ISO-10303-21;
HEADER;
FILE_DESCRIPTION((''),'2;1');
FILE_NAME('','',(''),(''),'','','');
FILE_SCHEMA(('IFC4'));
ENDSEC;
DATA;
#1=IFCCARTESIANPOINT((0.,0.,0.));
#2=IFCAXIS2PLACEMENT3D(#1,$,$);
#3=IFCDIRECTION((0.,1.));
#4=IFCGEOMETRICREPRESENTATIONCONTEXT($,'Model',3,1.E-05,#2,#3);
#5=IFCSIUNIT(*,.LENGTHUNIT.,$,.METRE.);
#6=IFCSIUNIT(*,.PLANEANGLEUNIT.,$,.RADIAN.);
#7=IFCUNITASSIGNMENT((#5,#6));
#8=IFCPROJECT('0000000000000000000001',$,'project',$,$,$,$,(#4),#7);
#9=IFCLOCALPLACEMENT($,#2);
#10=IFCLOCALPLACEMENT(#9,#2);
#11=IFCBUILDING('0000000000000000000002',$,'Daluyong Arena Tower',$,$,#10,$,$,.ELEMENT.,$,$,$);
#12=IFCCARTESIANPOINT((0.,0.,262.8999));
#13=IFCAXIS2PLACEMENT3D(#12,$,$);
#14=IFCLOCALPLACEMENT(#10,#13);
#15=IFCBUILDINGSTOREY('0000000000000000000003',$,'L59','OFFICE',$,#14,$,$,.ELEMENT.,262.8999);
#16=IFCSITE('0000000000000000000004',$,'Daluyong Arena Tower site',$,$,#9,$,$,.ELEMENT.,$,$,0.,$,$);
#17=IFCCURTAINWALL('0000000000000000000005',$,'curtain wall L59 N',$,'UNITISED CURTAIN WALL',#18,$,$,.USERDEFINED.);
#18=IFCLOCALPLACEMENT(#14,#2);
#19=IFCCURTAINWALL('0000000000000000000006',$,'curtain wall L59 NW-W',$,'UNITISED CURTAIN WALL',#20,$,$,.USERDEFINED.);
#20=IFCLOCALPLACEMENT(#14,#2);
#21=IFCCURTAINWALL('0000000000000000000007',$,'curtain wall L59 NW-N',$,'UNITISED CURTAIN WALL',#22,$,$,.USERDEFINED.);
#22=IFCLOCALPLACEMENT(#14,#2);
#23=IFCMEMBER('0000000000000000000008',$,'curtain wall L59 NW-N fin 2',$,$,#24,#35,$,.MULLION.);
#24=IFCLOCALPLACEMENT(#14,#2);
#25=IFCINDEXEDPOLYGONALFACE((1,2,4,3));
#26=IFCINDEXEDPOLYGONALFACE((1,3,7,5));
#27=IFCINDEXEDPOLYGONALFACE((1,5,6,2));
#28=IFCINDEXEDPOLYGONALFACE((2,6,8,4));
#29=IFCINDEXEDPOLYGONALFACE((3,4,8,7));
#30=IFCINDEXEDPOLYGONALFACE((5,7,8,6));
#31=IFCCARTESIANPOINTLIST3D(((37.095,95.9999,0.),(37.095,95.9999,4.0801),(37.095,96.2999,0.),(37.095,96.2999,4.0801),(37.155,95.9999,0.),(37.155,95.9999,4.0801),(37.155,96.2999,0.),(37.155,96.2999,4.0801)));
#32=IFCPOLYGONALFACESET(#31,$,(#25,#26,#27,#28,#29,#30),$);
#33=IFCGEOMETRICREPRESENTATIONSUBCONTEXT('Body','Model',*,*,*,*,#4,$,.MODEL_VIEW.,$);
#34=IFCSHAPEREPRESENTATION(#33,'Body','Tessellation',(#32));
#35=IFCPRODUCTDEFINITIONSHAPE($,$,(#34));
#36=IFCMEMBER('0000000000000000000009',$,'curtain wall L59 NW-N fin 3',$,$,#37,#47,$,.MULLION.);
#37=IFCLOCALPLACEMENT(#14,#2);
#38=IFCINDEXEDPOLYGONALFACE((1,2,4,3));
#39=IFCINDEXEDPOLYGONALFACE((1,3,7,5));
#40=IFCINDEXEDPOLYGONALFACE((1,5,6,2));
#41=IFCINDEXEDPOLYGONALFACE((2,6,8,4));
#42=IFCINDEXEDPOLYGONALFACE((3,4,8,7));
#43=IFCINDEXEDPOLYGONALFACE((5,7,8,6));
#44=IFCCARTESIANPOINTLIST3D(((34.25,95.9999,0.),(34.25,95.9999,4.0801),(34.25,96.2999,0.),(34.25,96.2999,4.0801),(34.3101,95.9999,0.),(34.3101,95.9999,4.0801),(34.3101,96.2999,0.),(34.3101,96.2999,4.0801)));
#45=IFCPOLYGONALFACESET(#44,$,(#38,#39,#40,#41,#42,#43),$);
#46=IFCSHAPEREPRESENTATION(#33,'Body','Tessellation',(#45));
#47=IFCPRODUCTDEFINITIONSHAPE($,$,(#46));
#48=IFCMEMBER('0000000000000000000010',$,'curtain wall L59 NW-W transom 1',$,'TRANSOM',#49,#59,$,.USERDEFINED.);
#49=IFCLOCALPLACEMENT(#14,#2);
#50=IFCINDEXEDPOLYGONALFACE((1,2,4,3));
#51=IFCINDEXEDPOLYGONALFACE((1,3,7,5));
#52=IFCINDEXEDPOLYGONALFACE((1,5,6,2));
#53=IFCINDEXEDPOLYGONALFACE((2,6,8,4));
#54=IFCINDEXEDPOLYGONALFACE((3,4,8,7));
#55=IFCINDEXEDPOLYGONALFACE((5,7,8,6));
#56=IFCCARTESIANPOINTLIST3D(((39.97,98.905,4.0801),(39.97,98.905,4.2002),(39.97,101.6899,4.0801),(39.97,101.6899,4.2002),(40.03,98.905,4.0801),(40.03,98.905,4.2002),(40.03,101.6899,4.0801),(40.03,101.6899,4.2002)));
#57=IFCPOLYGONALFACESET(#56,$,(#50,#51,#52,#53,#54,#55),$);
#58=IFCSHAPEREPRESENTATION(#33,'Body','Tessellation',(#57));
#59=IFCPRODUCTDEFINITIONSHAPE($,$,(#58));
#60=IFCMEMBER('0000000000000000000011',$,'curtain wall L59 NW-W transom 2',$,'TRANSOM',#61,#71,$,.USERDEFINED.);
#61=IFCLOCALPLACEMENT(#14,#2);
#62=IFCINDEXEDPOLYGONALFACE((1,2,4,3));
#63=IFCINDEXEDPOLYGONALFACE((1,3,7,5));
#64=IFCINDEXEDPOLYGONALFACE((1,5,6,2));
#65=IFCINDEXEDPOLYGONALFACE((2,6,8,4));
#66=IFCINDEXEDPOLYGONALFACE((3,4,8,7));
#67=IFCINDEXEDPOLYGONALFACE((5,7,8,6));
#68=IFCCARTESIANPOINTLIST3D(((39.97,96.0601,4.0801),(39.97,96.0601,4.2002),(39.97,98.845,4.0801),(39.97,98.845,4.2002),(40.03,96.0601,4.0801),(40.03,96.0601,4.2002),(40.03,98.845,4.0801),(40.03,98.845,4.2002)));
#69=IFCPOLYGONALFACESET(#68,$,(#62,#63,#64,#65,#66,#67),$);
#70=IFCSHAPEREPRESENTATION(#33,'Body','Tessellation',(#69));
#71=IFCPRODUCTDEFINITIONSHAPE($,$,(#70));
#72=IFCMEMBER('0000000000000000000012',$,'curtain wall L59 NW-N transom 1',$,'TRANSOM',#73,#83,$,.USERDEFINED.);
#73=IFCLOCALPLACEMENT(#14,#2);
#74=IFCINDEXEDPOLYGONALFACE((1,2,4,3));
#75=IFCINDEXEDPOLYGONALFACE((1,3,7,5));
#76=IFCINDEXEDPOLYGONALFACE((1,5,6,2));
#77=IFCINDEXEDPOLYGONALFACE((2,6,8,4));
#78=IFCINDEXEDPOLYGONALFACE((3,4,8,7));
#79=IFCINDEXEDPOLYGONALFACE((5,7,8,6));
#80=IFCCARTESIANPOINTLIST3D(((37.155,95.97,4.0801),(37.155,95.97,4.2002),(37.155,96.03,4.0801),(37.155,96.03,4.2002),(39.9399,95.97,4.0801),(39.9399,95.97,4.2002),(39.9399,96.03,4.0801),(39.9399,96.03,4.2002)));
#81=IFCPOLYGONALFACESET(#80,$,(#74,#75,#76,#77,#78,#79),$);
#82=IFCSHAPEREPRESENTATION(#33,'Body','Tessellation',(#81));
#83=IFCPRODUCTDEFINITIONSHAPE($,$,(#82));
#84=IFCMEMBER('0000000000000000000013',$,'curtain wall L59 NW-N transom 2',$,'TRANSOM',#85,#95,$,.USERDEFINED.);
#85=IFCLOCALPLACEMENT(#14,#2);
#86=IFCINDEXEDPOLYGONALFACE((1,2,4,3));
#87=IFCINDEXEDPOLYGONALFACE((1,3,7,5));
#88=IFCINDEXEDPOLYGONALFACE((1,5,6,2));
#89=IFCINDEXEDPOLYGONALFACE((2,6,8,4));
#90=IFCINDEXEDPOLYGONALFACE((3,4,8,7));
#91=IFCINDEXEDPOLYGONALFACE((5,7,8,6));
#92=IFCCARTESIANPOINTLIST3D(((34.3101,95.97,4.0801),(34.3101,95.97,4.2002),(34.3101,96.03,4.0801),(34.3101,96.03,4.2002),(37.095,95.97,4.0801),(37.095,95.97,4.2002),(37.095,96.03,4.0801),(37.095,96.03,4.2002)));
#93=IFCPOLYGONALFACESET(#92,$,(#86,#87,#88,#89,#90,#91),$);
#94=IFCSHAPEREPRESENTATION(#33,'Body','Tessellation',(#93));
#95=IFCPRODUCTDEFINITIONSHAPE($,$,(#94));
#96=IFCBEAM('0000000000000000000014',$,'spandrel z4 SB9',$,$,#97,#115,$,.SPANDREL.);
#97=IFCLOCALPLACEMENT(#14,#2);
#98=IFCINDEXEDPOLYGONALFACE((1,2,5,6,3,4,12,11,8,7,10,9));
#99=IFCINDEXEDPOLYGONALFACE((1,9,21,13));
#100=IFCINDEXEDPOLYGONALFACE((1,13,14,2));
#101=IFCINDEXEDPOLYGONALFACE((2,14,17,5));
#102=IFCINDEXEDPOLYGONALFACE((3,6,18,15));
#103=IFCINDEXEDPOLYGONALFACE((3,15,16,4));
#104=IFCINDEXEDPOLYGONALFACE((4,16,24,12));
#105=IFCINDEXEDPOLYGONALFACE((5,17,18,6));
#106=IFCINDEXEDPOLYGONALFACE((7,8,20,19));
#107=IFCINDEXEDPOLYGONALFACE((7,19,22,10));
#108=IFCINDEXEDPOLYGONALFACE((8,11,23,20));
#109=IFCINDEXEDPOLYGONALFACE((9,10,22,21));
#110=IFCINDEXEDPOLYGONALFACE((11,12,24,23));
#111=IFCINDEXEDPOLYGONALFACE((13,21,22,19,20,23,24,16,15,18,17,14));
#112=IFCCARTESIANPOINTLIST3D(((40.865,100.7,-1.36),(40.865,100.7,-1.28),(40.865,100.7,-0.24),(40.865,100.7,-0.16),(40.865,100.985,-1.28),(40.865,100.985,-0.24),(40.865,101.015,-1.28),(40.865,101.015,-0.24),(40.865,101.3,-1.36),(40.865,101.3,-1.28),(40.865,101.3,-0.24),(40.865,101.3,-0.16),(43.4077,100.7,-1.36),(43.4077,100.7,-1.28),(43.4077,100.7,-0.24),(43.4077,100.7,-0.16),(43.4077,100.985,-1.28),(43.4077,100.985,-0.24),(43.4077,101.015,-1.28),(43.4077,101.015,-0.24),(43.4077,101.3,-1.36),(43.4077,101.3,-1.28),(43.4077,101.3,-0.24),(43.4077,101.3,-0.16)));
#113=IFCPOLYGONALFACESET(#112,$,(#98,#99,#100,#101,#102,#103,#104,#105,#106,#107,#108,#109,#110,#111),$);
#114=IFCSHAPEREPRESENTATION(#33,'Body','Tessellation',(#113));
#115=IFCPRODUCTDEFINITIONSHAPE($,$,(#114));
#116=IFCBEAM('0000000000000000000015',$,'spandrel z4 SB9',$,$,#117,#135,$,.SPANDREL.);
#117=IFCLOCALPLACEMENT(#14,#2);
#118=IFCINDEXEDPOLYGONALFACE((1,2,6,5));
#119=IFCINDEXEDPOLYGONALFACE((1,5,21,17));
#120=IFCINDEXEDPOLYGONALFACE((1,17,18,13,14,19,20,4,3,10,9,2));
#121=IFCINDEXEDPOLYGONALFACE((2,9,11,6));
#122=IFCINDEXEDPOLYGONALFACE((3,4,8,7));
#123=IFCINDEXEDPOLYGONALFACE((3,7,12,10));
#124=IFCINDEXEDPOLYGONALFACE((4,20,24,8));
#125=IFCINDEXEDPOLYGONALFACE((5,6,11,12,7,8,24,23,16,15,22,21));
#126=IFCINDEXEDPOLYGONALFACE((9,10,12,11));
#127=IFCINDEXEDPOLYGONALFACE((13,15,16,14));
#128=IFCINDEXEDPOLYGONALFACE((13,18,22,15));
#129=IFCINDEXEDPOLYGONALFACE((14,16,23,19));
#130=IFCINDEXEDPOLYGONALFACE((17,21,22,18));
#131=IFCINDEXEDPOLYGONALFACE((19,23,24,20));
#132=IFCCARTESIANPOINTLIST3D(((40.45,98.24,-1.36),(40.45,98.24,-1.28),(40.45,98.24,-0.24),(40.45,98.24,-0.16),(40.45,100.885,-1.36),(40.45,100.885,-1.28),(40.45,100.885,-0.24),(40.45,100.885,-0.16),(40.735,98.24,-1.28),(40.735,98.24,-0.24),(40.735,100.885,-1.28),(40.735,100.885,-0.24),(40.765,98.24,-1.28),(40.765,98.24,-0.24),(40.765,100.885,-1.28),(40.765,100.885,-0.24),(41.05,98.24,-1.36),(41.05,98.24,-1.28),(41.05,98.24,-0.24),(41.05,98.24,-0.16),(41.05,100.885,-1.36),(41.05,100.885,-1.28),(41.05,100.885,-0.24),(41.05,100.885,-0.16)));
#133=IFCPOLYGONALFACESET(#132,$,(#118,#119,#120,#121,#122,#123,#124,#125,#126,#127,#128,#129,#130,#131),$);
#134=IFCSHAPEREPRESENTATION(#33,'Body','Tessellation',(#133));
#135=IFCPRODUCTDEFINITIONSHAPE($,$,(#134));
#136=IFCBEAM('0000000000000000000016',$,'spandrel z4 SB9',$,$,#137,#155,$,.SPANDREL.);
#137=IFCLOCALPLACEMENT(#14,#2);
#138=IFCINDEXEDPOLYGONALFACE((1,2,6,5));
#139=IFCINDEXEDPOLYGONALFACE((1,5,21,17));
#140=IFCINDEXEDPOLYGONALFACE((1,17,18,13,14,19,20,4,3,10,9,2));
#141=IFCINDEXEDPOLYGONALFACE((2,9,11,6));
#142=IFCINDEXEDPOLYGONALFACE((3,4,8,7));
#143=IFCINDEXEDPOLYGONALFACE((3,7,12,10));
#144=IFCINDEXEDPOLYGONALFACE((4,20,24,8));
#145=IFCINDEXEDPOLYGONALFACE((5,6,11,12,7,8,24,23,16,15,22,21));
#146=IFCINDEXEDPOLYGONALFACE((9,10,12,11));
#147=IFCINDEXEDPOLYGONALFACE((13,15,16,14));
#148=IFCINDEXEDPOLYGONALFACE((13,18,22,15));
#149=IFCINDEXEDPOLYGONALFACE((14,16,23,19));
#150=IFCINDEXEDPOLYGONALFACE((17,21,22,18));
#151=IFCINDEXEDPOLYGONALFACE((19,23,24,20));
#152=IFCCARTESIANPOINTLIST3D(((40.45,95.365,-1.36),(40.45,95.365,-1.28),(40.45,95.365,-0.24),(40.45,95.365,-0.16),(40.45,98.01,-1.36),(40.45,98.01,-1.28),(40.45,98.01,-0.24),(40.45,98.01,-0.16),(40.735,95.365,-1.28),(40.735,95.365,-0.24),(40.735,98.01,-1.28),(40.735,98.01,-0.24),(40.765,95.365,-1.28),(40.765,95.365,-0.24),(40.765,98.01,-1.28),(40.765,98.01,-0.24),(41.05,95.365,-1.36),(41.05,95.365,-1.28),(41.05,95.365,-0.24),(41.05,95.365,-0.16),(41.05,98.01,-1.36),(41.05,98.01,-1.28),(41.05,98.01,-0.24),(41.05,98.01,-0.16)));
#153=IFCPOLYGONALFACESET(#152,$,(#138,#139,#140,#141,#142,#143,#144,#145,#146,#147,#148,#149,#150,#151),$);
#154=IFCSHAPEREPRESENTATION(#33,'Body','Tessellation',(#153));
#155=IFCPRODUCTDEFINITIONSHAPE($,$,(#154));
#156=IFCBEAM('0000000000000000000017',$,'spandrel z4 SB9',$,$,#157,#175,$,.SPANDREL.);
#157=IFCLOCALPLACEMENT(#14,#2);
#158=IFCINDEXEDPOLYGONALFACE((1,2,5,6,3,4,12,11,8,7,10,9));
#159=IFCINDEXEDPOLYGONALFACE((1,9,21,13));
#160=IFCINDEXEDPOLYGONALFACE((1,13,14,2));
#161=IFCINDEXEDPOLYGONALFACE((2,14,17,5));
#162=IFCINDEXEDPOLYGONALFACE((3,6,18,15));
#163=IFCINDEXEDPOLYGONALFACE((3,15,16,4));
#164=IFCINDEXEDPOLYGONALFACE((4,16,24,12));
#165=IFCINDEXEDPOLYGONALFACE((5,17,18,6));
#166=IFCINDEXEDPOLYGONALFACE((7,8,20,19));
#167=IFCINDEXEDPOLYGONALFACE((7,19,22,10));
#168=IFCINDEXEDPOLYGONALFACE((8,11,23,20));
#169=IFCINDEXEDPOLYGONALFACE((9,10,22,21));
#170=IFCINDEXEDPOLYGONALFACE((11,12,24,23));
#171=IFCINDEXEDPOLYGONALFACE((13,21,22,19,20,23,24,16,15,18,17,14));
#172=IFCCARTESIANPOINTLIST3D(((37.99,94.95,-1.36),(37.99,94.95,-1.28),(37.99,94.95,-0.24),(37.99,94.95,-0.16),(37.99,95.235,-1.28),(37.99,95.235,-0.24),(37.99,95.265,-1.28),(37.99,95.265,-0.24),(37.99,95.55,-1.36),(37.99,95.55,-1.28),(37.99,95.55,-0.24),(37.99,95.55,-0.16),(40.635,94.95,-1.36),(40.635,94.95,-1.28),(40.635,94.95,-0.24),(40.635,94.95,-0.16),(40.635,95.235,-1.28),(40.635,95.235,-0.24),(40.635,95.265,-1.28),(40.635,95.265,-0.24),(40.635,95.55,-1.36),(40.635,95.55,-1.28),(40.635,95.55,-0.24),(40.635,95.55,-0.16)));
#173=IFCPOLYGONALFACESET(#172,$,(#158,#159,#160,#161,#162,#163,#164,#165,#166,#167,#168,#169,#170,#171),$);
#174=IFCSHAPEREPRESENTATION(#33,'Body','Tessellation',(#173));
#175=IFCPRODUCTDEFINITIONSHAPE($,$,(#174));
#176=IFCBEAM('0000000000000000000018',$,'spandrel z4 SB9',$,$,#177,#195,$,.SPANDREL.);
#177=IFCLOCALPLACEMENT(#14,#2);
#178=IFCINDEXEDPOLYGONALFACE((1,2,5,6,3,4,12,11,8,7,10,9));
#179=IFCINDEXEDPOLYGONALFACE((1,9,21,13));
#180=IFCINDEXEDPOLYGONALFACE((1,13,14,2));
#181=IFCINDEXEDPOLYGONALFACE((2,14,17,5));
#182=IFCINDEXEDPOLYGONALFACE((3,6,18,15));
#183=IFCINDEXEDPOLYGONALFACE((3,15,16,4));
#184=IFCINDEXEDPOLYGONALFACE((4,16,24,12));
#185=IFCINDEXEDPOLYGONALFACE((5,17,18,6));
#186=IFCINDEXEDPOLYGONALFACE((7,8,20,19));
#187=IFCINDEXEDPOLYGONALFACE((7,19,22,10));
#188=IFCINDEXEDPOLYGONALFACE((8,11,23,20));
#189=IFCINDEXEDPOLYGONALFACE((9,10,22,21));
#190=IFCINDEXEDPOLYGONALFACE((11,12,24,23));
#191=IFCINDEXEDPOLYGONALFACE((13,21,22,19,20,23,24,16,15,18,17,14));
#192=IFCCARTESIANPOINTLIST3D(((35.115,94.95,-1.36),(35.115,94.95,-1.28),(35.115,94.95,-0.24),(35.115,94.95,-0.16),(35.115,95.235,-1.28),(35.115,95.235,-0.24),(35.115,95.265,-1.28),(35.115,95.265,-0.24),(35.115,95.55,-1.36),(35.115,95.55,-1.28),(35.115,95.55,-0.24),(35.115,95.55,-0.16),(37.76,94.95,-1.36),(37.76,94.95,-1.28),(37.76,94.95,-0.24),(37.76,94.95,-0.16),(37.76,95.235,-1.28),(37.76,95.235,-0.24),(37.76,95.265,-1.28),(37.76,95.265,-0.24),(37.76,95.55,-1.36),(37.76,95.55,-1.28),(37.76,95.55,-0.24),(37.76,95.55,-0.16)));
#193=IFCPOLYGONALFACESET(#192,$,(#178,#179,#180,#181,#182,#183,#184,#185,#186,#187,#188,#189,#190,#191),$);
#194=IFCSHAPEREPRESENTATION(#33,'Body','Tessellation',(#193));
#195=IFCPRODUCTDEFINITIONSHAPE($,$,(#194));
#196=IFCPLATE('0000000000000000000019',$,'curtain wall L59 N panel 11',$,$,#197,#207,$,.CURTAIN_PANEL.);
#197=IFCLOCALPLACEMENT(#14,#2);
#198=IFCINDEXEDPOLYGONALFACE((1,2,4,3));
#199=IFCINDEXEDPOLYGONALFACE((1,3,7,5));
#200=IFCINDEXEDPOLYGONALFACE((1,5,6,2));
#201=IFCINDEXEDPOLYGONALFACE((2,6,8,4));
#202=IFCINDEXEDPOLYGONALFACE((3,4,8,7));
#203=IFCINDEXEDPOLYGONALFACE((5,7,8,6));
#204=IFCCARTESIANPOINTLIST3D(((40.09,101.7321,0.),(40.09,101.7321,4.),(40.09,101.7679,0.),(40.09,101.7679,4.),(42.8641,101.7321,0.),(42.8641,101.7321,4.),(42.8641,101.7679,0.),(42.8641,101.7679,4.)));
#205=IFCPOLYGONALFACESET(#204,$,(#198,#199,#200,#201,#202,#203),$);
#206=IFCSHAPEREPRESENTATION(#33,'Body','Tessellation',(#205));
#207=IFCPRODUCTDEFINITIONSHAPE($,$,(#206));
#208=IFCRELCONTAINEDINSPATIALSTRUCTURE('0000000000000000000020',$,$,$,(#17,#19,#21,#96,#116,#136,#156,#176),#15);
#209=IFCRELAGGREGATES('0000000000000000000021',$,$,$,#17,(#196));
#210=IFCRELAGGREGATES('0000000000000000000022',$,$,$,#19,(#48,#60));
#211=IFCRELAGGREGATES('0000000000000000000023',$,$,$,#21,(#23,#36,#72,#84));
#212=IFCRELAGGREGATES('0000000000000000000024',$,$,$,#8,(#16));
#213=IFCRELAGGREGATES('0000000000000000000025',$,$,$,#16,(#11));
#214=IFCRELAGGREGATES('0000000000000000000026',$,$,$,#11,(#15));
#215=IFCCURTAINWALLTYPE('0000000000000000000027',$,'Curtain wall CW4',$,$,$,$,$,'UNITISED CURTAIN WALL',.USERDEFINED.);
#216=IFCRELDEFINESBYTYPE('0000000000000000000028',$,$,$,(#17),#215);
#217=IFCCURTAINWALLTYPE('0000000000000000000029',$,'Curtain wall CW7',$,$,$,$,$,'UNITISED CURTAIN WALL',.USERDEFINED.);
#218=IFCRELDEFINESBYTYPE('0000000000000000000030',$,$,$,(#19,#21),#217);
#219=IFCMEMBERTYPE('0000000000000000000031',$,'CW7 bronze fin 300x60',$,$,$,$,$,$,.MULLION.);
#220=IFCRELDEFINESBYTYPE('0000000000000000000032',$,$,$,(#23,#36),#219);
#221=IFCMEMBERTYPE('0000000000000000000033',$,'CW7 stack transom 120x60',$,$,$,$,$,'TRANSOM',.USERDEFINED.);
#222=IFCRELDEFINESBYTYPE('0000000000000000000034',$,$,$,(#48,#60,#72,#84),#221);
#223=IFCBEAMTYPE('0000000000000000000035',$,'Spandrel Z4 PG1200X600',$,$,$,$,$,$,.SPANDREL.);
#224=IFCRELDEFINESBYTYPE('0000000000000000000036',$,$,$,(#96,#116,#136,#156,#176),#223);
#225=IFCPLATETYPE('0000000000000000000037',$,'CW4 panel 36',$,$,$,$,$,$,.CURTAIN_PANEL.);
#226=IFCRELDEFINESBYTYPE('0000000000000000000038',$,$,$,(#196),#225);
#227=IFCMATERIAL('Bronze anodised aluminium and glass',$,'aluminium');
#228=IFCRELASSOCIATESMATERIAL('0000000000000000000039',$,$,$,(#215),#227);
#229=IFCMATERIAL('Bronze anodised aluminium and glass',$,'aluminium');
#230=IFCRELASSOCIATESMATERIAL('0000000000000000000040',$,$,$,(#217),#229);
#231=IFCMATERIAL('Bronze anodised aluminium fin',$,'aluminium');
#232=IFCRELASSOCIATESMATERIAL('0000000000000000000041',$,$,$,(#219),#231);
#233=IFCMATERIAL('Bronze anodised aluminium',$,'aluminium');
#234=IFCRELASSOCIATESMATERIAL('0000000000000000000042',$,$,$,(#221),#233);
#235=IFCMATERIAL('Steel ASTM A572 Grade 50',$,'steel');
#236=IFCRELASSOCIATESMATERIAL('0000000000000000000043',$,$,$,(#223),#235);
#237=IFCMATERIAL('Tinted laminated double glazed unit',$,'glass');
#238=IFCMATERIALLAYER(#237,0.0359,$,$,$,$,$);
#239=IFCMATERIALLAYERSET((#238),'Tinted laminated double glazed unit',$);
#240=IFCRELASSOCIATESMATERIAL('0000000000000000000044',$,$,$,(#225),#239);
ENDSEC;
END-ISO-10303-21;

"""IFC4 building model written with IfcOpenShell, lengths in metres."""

from ifc_helpers import new_model, si_unit, direction, frame, origin, origin_2d, place, context, subcontext, project, spatial, rectangle, i_section, extrude, material, layer, layer_set, material_profile, profile_set, type_object, element, aggregate, save


model = new_model("IFC4")

# Units and contexts
model_context = context("Model", 3, precision=1e-05, world=origin(), true_north=direction((0.0, 1.0)))
body_context = subcontext(model_context, "Body", "Model", "MODEL_VIEW")
ifc_project = project(units=[si_unit("LENGTHUNIT", "METRE"), si_unit("PLANEANGLEUNIT", "RADIAN")], contexts=[model_context])

# Site, building, storey
site_placement = place(None, origin())
site = spatial("IfcSite", under=ifc_project, at=site_placement, Name="Daluyong Arena Tower site", CompositionType="ELEMENT", RefElevation=0.0)
building_placement = place(site_placement, origin())
building = spatial("IfcBuilding", under=site, at=building_placement, Name="Daluyong Arena Tower", CompositionType="ELEMENT")
storey_placement = place(building_placement, frame((0.0, 0.0, 262.8999)))
storey = spatial("IfcBuildingStorey", under=building, at=storey_placement, Name="L59", Description="OFFICE", CompositionType="ELEMENT", Elevation=262.8999)

# Curtain wall
ifc_material_1 = material(Name="Bronze anodised aluminium and glass", Category="aluminium")
curtain_wall_type_1 = type_object("IfcCurtainWallType", Name="Curtain wall CW4", ElementType="UNITISED CURTAIN WALL", PredefinedType="USERDEFINED", material=ifc_material_1)
curtain_wall_1_placement = place(storey_placement, origin())
curtain_wall_1 = element("IfcCurtainWall", 1, at=curtain_wall_1_placement, inside=storey, type_object=curtain_wall_type_1, Name="curtain wall L59 N", ObjectType="UNITISED CURTAIN WALL", PredefinedType="USERDEFINED")

# Curtain walls, members
ifc_material_2 = material(Name="Bronze anodised aluminium and glass", Category="aluminium")
curtain_wall_type_2 = type_object("IfcCurtainWallType", Name="Curtain wall CW7", ElementType="UNITISED CURTAIN WALL", PredefinedType="USERDEFINED", material=ifc_material_2)
curtain_wall_2_placement = place(storey_placement, origin())
curtain_wall_2 = element("IfcCurtainWall", 2, at=curtain_wall_2_placement, inside=storey, type_object=curtain_wall_type_2, Name="curtain wall L59 NW-W", ObjectType="UNITISED CURTAIN WALL", PredefinedType="USERDEFINED")
ifc_material_3 = material(Name="Bronze anodised aluminium fin", Category="aluminium")
ifc_material_profile_1 = material_profile(ifc_material_3, rectangle(XDim=0.3, YDim=0.0601, at=origin_2d()))
ifc_profile_set_1 = profile_set([ifc_material_profile_1], Name="Bronze anodised aluminium fin")
member_type_1 = type_object("IfcMemberType", Name="CW7 bronze fin 300x60", PredefinedType="MULLION", material=ifc_profile_set_1)
curtain_wall_3_placement = place(storey_placement, origin())
curtain_wall_3 = element("IfcCurtainWall", 3, at=curtain_wall_3_placement, inside=storey, type_object=curtain_wall_type_2, Name="curtain wall L59 NW-N", ObjectType="UNITISED CURTAIN WALL", PredefinedType="USERDEFINED")
member_1_placement = place(storey_placement, frame((37.125, 96.1499, 0.0), z_axis=(0.0, 0.0, 1.0), x_axis=(0.0, -1.0, 0.0)))
member_1 = element("IfcMember", 4, at=member_1_placement, type_object=member_type_1, Name="curtain wall L59 NW-N fin 2", PredefinedType="MULLION", context=body_context, shape_type="SweptSolid", body=[
    extrude(rectangle(XDim=0.3, YDim=0.0601, at=origin_2d()), origin(), (0.0, 0.0, 1.0), 4.0801),
])
member_2_placement = place(storey_placement, frame((34.28, 96.1499, 0.0), z_axis=(0.0, 0.0, 1.0), x_axis=(0.0, -1.0, 0.0)))
member_2 = element("IfcMember", 5, at=member_2_placement, type_object=member_type_1, Name="curtain wall L59 NW-N fin 3", PredefinedType="MULLION", context=body_context, shape_type="SweptSolid", body=[
    extrude(rectangle(XDim=0.3, YDim=0.0601, at=origin_2d()), origin(), (0.0, 0.0, 1.0), 4.0801),
])

# Members
ifc_material_4 = material(Name="Bronze anodised aluminium", Category="aluminium")
ifc_material_profile_2 = material_profile(ifc_material_4, rectangle(XDim=0.0601, YDim=0.1201, at=origin_2d()))
ifc_profile_set_2 = profile_set([ifc_material_profile_2], Name="Bronze anodised aluminium")
member_type_2 = type_object("IfcMemberType", Name="CW7 stack transom 120x60", ElementType="TRANSOM", PredefinedType="USERDEFINED", material=ifc_profile_set_2)
member_3_placement = place(storey_placement, frame((40.0, 101.6899, 4.1401), z_axis=(0.0, -1.0, 0.0), x_axis=(1.0, 0.0, 0.0)))
member_3 = element("IfcMember", 6, at=member_3_placement, type_object=member_type_2, Name="curtain wall L59 NW-W transom 1", ObjectType="TRANSOM", PredefinedType="USERDEFINED", context=body_context, shape_type="SweptSolid", body=[
    extrude(rectangle(XDim=0.0601, YDim=0.1201, at=origin_2d()), origin(), (0.0, 0.0, 1.0), 2.7849),
])
member_4_placement = place(storey_placement, frame((40.0, 98.845, 4.1401), z_axis=(0.0, -1.0, 0.0), x_axis=(1.0, 0.0, 0.0)))
member_4 = element("IfcMember", 7, at=member_4_placement, type_object=member_type_2, Name="curtain wall L59 NW-W transom 2", ObjectType="TRANSOM", PredefinedType="USERDEFINED", context=body_context, shape_type="SweptSolid", body=[
    extrude(rectangle(XDim=0.0601, YDim=0.1201, at=origin_2d()), origin(), (0.0, 0.0, 1.0), 2.7849),
])
member_5_placement = place(storey_placement, frame((39.9399, 96.0, 4.1401), z_axis=(-1.0, 0.0, 0.0), x_axis=(0.0, -1.0, 0.0)))
member_5 = element("IfcMember", 8, at=member_5_placement, type_object=member_type_2, Name="curtain wall L59 NW-N transom 1", ObjectType="TRANSOM", PredefinedType="USERDEFINED", context=body_context, shape_type="SweptSolid", body=[
    extrude(rectangle(XDim=0.0601, YDim=0.1201, at=origin_2d()), origin(), (0.0, 0.0, 1.0), 2.7849),
])
member_6_placement = place(storey_placement, frame((37.095, 96.0, 4.1401), z_axis=(-1.0, 0.0, 0.0), x_axis=(0.0, -1.0, 0.0)))
member_6 = element("IfcMember", 9, at=member_6_placement, type_object=member_type_2, Name="curtain wall L59 NW-N transom 2", ObjectType="TRANSOM", PredefinedType="USERDEFINED", context=body_context, shape_type="SweptSolid", body=[
    extrude(rectangle(XDim=0.0601, YDim=0.1201, at=origin_2d()), origin(), (0.0, 0.0, 1.0), 2.7849),
])

# Beams
ifc_material_5 = material(Name="Steel ASTM A572 Grade 50", Category="steel")
ifc_material_profile_3 = material_profile(ifc_material_5, i_section(OverallWidth=0.6001, OverallDepth=1.2, WebThickness=0.03, FlangeThickness=0.08, at=origin_2d()))
ifc_profile_set_3 = profile_set([ifc_material_profile_3], Name="Steel ASTM A572 Grade 50")
beam_type = type_object("IfcBeamType", Name="Spandrel Z4 PG1200X600", PredefinedType="SPANDREL", material=ifc_profile_set_3)
beam_placement = place(storey_placement, frame((43.4077, 101.0, -0.76), z_axis=(-1.0, 0.0, 0.0), x_axis=(0.0, -1.0, 0.0)))
element("IfcBeam", 10, at=beam_placement, inside=storey, type_object=beam_type, Name="spandrel z4 SB9", PredefinedType="SPANDREL", context=body_context, shape_type="SweptSolid", body=[
    extrude(i_section(OverallWidth=0.6001, OverallDepth=1.2, WebThickness=0.03, FlangeThickness=0.08, at=origin_2d()), origin(), (0.0, 0.0, 1.0), 2.5427),
])
for number, where, z_axis, x_axis, name in (
    (11, (40.75, 100.885, -0.76), (0.0, -1.0, 0.0), (1.0, 0.0, 0.0), "spandrel z4 SB9"),
    (12, (40.75, 98.01, -0.76), (0.0, -1.0, 0.0), (1.0, 0.0, 0.0), "spandrel z4 SB9"),
    (13, (40.635, 95.25, -0.76), (-1.0, 0.0, 0.0), (0.0, -1.0, 0.0), "spandrel z4 SB9"),
    (14, (37.76, 95.25, -0.76), (-1.0, 0.0, 0.0), (0.0, -1.0, 0.0), "spandrel z4 SB9"),
):
    element("IfcBeam", number, at=place(storey_placement, frame(where, z_axis=z_axis, x_axis=x_axis)), inside=storey, type_object=beam_type, Name=name, PredefinedType="SPANDREL", context=body_context, shape_type="SweptSolid", body=[
        extrude(i_section(OverallWidth=0.6001, OverallDepth=1.2, WebThickness=0.03, FlangeThickness=0.08, at=origin_2d()), origin(), (0.0, 0.0, 1.0), 2.645),
    ])

# Plate
ifc_material_6 = material(Name="Tinted laminated double glazed unit", Category="glass")
ifc_layer_1 = layer(ifc_material_6, 0.0359)
ifc_layer_set_1 = layer_set([ifc_layer_1], Name="Tinted laminated double glazed unit")
plate_type_1 = type_object("IfcPlateType", Name="CW4 panel 36", PredefinedType="CURTAIN_PANEL", material=ifc_layer_set_1)
plate_1_placement = place(storey_placement, frame((41.4771, 101.75, 0.0), z_axis=(0.0, 0.0, 1.0), x_axis=(-1.0, 0.0, 0.0)))
plate_1 = element("IfcPlate", 15, at=plate_1_placement, type_object=plate_type_1, Name="curtain wall L59 N panel 11", PredefinedType="CURTAIN_PANEL", context=body_context, shape_type="SweptSolid", body=[
    extrude(rectangle(XDim=2.7742, YDim=0.0359, at=origin_2d()), origin(), (0.0, 0.0, 1.0), 4.0),
])
aggregate(curtain_wall_1, [plate_1])
aggregate(curtain_wall_2, [member_3, member_4])
aggregate(curtain_wall_3, [member_1, member_2, member_5, member_6])

save(model, "model.ifc")
